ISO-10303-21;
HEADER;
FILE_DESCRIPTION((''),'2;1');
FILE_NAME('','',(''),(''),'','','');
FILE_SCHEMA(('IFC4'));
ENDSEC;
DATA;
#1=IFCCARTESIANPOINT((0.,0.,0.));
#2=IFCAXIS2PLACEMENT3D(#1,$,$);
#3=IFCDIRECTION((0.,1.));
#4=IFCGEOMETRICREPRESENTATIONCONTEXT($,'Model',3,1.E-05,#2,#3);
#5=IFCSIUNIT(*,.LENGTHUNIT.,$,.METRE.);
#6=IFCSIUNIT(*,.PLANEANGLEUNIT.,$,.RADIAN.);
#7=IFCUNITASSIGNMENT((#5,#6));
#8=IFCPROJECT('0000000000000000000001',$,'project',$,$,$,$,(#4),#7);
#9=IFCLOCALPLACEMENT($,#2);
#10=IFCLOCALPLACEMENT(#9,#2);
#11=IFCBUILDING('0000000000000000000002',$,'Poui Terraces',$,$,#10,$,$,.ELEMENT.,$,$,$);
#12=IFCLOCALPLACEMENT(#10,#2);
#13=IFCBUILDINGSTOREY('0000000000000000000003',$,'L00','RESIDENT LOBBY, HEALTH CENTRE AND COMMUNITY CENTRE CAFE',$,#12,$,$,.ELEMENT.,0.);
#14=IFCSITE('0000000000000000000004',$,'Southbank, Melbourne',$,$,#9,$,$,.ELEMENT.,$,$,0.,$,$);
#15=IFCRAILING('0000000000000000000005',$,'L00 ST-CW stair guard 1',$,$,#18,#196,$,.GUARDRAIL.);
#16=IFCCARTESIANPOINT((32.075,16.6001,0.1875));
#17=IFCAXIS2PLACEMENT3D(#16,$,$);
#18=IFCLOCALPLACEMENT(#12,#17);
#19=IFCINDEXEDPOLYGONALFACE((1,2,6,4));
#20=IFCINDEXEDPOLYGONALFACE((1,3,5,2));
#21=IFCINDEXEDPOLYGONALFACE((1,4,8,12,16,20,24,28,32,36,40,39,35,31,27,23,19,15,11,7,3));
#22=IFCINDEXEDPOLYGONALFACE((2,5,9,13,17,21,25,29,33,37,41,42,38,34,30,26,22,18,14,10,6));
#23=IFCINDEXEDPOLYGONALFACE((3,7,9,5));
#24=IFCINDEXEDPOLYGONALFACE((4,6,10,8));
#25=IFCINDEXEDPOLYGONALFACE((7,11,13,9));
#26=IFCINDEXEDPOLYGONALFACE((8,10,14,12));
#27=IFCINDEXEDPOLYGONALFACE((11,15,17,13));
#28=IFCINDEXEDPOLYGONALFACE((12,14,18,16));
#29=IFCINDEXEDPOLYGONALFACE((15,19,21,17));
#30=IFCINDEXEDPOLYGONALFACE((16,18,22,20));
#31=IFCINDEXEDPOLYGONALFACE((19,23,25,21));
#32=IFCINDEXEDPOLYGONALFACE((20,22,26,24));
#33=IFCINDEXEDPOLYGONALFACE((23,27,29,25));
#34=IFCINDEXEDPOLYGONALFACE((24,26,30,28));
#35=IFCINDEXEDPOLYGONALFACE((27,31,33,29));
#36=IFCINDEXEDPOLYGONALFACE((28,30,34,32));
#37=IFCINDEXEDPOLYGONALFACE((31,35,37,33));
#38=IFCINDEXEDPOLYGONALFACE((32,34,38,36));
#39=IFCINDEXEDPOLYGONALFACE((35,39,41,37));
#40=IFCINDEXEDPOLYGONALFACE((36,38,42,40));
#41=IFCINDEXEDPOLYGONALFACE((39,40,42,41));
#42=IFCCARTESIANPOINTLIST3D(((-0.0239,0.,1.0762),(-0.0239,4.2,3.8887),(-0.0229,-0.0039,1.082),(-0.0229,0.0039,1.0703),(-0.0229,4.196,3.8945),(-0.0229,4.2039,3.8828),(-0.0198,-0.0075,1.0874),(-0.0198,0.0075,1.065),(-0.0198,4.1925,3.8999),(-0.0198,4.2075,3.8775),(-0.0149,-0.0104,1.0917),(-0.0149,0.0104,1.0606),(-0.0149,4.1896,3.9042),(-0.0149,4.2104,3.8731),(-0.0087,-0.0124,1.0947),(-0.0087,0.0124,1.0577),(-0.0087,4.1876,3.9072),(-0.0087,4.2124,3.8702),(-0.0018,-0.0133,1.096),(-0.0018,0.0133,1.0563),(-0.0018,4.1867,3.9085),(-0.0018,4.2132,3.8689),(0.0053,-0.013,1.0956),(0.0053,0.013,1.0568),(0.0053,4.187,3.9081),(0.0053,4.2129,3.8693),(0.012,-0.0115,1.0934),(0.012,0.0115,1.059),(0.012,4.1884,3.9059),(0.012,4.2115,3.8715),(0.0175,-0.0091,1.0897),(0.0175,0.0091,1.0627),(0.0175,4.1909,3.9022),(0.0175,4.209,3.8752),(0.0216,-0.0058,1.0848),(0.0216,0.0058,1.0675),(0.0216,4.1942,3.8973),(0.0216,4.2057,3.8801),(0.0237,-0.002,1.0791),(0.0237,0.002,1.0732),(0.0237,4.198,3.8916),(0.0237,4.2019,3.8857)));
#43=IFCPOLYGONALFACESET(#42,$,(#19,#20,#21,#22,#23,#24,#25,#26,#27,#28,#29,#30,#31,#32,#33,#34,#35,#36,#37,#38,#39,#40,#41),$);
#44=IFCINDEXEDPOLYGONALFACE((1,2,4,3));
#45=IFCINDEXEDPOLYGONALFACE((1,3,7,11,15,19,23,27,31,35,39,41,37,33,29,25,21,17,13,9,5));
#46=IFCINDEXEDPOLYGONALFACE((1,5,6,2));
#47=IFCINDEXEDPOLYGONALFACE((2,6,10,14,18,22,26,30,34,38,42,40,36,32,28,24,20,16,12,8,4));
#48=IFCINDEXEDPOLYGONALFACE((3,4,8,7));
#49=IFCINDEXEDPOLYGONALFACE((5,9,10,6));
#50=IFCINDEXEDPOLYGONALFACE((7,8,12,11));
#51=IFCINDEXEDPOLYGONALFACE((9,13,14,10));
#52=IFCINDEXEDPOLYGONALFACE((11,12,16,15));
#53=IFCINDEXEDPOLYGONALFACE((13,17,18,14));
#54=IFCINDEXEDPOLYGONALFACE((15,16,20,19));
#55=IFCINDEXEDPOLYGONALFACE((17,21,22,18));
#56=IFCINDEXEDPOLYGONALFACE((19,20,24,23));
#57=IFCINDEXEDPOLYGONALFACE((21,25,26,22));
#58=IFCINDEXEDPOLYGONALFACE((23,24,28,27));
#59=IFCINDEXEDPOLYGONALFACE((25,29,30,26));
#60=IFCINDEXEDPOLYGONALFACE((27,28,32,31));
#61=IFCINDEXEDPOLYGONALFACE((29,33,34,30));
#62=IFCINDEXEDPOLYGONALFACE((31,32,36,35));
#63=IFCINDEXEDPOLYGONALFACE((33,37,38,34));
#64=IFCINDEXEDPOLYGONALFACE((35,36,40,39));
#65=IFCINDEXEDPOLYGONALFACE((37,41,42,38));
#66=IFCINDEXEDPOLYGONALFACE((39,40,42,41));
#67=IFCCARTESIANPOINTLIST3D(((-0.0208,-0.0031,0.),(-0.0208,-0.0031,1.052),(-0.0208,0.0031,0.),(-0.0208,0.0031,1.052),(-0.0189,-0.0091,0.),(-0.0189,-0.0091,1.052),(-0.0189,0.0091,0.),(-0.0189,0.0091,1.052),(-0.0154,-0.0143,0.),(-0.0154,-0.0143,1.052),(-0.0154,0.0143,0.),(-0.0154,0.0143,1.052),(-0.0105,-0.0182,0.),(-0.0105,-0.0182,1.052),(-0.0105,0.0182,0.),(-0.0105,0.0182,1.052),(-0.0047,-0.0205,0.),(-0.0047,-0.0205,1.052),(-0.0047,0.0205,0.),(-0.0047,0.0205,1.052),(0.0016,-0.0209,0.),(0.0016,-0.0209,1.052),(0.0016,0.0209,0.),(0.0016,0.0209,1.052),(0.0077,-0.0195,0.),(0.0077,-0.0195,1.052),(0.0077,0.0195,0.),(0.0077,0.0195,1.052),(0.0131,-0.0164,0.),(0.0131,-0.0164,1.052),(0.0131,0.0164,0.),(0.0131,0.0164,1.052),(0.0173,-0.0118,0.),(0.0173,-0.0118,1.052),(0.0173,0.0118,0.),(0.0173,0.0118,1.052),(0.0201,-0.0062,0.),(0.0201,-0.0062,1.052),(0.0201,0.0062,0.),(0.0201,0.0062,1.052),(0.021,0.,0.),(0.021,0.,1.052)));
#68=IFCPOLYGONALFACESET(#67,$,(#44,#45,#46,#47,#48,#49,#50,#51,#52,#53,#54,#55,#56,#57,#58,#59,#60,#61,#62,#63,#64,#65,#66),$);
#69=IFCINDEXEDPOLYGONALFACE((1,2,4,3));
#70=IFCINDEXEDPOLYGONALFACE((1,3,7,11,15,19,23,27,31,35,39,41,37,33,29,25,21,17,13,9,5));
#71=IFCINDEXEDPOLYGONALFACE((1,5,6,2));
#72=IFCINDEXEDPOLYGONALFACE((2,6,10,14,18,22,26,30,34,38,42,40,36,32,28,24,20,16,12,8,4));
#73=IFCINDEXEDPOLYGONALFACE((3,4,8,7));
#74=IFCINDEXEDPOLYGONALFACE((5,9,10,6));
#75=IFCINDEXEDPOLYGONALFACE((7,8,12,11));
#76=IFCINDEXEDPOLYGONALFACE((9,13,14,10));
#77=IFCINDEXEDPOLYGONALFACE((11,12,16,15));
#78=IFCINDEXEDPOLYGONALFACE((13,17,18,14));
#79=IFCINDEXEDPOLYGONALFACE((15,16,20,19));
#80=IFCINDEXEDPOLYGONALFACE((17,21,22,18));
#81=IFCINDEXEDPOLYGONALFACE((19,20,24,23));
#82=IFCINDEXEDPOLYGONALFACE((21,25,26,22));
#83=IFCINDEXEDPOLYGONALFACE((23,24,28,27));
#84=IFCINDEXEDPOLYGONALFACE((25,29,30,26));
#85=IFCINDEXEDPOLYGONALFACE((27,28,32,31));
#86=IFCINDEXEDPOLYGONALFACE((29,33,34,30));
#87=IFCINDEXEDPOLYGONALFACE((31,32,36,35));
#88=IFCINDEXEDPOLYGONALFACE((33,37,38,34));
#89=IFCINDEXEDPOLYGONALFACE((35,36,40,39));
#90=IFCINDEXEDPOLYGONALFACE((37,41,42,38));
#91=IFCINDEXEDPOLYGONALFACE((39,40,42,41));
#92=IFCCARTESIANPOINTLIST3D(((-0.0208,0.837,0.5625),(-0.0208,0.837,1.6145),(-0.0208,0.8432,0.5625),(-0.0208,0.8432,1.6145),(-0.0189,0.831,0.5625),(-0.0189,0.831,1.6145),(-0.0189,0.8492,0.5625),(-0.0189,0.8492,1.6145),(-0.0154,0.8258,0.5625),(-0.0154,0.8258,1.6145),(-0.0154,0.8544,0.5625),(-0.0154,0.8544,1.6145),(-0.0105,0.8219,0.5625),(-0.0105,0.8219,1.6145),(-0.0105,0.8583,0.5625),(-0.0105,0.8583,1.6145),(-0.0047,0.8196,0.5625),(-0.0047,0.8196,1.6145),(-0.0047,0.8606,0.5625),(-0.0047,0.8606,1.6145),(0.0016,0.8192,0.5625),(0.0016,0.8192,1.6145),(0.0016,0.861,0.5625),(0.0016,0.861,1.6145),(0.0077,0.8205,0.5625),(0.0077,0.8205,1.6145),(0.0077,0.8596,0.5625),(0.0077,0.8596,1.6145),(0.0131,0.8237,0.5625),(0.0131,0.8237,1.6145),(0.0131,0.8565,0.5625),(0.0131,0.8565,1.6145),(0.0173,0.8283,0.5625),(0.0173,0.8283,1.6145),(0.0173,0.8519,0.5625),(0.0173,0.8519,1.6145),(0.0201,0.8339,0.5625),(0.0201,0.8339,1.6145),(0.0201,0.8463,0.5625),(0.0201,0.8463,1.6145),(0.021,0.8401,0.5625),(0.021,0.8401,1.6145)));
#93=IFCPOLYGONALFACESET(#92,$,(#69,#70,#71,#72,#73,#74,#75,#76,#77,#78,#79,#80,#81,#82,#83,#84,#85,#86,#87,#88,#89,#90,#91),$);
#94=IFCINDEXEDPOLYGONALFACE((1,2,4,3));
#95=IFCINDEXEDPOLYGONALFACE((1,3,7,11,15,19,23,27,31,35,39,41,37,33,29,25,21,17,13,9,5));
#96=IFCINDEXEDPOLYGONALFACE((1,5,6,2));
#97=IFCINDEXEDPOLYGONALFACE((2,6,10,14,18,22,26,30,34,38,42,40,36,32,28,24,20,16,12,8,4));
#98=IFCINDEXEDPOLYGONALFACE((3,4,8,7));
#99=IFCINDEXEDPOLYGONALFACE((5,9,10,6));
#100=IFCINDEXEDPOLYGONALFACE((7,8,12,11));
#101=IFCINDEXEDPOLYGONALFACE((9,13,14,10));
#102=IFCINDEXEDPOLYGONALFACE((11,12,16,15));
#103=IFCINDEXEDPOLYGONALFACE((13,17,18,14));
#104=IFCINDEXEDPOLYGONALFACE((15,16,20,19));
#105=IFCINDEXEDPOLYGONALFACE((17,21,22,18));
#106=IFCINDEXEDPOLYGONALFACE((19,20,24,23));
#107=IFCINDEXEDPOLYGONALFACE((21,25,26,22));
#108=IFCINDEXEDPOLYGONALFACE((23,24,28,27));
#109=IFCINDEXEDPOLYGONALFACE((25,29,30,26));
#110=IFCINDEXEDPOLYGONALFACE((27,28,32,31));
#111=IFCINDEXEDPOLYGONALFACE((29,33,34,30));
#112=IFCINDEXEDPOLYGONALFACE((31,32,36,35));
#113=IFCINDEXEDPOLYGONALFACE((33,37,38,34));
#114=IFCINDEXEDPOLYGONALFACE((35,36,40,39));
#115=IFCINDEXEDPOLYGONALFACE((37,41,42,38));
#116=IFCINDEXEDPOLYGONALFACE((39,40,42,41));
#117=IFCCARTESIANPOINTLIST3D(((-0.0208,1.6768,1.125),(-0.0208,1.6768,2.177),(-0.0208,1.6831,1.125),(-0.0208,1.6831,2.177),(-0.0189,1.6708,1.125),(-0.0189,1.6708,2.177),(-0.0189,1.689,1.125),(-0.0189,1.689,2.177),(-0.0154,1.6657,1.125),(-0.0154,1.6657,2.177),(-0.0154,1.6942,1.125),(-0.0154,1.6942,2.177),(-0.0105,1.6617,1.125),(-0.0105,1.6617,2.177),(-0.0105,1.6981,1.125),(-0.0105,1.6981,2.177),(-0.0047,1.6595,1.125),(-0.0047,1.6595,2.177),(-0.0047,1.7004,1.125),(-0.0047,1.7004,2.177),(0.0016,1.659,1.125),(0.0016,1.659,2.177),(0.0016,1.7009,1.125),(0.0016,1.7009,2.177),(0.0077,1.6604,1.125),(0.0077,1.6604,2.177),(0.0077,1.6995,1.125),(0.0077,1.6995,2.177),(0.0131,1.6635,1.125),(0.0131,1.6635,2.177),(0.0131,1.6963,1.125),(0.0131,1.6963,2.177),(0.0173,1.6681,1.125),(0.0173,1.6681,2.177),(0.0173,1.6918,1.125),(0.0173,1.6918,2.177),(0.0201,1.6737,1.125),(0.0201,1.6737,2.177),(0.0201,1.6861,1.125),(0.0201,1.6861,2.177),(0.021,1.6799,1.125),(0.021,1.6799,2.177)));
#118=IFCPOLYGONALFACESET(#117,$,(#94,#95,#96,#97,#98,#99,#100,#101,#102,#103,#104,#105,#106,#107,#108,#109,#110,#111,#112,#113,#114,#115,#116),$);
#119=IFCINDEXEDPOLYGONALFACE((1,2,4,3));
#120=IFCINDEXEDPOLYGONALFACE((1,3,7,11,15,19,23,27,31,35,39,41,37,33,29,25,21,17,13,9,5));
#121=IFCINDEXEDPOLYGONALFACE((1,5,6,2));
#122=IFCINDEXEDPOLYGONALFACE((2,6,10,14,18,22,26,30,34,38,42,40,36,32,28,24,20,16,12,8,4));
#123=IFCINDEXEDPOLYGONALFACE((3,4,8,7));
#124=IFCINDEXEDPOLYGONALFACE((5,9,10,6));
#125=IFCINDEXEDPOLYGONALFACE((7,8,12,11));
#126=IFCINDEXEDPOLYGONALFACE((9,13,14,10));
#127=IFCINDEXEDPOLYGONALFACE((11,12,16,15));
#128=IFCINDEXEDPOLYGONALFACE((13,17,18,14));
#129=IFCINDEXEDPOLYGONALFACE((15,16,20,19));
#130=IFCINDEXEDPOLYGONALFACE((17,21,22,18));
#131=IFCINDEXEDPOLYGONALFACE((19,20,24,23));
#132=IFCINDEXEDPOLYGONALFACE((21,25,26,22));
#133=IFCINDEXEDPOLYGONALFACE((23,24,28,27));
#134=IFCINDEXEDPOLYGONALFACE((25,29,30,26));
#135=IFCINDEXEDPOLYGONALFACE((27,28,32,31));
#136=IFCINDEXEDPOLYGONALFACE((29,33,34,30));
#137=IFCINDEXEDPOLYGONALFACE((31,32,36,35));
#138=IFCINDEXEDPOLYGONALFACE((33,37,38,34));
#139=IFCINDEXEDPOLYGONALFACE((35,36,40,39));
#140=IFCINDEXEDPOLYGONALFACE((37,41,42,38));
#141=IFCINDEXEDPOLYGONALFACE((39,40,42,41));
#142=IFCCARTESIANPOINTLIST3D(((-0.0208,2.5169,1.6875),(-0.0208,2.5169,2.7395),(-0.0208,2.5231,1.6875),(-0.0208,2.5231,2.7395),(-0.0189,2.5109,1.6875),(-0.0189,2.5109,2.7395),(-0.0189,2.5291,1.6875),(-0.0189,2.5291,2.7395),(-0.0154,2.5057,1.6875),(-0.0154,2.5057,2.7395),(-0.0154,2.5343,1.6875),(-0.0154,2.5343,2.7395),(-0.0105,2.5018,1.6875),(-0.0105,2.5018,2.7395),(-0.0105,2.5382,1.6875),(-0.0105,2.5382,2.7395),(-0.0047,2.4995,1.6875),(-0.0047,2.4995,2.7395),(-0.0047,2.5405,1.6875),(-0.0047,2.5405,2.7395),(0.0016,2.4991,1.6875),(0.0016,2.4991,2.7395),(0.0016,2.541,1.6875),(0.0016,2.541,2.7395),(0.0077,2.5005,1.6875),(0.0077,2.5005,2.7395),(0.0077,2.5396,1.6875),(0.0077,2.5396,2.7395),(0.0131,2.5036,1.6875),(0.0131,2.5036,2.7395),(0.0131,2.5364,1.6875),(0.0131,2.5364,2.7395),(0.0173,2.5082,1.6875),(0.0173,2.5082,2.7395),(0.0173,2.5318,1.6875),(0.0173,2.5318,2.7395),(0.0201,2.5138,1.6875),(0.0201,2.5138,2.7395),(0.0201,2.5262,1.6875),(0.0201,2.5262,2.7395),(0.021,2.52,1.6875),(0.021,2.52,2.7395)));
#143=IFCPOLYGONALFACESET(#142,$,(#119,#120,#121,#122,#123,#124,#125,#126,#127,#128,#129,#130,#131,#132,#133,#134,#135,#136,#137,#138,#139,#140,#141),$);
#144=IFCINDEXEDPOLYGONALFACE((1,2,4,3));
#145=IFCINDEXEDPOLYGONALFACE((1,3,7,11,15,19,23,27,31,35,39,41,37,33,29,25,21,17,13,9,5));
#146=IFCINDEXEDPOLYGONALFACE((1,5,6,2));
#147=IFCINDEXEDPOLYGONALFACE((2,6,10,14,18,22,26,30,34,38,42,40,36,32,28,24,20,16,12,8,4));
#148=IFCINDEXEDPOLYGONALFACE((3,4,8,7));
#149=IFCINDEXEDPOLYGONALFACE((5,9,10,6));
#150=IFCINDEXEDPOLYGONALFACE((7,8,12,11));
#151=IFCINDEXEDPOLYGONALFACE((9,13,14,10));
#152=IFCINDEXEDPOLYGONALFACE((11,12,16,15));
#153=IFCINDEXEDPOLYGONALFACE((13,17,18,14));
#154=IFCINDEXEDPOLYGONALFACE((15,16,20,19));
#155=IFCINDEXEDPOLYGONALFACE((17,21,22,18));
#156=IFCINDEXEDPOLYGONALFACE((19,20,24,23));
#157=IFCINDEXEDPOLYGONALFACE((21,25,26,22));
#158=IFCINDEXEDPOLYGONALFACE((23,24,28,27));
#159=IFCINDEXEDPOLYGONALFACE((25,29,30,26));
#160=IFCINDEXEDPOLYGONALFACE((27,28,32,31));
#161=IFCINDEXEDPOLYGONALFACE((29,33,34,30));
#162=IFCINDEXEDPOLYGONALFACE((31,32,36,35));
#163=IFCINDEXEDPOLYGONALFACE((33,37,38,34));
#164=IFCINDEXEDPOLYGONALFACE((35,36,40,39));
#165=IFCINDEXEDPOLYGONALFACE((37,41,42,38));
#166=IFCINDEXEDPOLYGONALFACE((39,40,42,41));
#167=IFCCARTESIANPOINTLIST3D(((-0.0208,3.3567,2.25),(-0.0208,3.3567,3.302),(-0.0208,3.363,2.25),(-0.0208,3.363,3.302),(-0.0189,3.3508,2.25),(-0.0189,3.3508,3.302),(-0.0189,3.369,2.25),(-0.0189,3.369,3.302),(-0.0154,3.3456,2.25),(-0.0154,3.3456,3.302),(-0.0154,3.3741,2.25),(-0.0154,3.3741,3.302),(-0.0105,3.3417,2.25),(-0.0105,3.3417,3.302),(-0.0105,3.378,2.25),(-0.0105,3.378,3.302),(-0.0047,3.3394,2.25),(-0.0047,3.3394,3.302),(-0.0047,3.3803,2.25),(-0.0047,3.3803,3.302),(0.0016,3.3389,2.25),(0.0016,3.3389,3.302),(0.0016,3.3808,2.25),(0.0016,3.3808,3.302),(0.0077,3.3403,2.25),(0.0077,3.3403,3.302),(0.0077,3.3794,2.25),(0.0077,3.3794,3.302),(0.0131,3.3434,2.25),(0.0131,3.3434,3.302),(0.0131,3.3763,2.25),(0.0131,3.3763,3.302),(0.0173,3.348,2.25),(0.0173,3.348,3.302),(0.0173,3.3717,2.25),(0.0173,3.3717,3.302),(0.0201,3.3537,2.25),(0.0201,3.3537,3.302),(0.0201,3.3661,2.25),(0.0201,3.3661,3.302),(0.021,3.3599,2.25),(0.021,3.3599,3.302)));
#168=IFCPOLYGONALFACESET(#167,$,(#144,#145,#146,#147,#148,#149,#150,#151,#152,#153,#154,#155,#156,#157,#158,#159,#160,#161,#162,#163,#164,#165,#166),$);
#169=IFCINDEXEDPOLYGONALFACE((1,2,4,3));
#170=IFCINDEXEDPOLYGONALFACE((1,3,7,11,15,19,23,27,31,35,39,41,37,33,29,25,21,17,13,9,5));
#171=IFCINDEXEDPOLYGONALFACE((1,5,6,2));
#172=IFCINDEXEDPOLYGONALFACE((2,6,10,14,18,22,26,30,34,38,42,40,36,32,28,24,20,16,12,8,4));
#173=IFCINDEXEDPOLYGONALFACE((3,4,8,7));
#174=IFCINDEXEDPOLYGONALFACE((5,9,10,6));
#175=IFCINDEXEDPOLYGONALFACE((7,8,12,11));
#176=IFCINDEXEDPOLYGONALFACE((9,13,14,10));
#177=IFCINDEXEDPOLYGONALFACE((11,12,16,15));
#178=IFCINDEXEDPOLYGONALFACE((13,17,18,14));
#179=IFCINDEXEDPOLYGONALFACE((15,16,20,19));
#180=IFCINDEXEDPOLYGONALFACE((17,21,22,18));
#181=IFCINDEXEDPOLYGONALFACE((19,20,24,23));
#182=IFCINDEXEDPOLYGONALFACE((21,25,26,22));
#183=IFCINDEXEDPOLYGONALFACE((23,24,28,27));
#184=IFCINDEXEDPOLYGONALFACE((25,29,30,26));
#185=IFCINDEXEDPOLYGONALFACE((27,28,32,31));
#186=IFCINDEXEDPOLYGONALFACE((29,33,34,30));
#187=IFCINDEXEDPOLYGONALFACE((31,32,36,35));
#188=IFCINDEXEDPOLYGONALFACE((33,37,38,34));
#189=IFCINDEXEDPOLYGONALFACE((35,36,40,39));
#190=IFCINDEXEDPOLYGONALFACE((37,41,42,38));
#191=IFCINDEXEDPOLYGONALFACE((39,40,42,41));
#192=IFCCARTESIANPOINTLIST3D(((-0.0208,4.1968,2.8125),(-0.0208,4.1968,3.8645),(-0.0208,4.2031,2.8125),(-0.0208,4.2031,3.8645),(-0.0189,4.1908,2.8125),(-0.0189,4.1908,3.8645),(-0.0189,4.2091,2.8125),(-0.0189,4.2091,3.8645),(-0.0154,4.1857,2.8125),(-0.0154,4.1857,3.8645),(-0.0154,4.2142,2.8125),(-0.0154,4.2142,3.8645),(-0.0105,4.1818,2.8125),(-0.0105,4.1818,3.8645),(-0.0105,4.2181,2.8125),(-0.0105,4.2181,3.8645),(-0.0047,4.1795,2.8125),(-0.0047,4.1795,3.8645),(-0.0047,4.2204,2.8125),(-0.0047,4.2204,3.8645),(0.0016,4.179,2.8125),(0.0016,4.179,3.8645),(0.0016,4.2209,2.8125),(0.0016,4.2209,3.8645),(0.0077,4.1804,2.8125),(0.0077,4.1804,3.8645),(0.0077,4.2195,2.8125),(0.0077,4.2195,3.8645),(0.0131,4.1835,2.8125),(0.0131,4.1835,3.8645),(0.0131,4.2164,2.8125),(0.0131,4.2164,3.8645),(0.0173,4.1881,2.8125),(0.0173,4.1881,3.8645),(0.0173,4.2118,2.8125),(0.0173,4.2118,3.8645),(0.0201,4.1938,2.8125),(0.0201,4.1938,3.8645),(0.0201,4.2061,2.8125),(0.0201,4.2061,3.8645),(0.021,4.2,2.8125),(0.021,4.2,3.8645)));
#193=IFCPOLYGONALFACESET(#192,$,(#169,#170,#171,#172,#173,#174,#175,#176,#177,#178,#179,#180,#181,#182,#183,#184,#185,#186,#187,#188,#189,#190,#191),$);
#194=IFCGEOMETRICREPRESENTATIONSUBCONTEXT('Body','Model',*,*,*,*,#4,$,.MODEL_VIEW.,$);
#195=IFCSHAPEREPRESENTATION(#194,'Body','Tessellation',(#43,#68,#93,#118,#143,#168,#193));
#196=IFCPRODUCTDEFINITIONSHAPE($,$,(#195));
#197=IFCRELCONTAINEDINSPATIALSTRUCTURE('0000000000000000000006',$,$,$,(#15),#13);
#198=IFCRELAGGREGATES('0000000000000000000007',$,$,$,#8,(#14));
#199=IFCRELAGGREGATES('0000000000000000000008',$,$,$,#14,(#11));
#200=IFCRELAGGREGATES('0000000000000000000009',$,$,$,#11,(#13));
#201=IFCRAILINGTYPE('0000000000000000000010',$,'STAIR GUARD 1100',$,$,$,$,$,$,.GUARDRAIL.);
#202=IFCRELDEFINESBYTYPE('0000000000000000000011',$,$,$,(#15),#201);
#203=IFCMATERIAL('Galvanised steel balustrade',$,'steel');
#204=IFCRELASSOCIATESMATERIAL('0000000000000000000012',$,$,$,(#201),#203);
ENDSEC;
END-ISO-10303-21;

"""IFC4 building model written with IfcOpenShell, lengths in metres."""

from ifc_helpers import new_model, si_unit, direction, frame, origin, origin_2d, place, context, subcontext, project, spatial, circle, extrude, material, type_object, element, save


model = new_model("IFC4")

# Units and contexts
model_context = context("Model", 3, precision=1e-05, world=origin(), true_north=direction((0.0, 1.0)))
body_context = subcontext(model_context, "Body", "Model", "MODEL_VIEW")
ifc_project = project(units=[si_unit("LENGTHUNIT", "METRE"), si_unit("PLANEANGLEUNIT", "RADIAN")], contexts=[model_context])

# Site, building, storey
site_placement = place(None, origin())
site = spatial("IfcSite", under=ifc_project, at=site_placement, Name="Southbank, Melbourne", CompositionType="ELEMENT", RefElevation=0.0)
building_placement = place(site_placement, origin())
building = spatial("IfcBuilding", under=site, at=building_placement, Name="Poui Terraces", CompositionType="ELEMENT")
storey_placement = place(building_placement, origin())
storey = spatial("IfcBuildingStorey", under=building, at=storey_placement, Name="L00", Description="RESIDENT LOBBY, HEALTH CENTRE AND COMMUNITY CENTRE CAFE", CompositionType="ELEMENT", Elevation=0.0)

# Railing
ifc_material_1 = material(Name="Galvanised steel balustrade", Category="steel")
railing_type_1 = type_object("IfcRailingType", Name="STAIR GUARD 1100", PredefinedType="GUARDRAIL", material=ifc_material_1)
railing_1_placement = place(storey_placement, frame((32.075, 16.6001, 0.1875)))
element("IfcRailing", 1, at=railing_1_placement, inside=storey, type_object=railing_type_1, Name="L00 ST-CW stair guard 1", PredefinedType="GUARDRAIL", context=body_context, shape_type="SweptSolid", body=[
    extrude(circle(Radius=0.0239, at=origin_2d()), frame((0.0, 0.0, 1.0762), z_axis=(0.0, 0.830904, 0.556416), x_axis=(-1.0, 0.0, 0.0)), (0.0, 0.0, 1.0), 5.0547),
    extrude(circle(Radius=0.021, at=origin_2d()), origin(), (0.0, 0.0, 1.0), 1.052),
    extrude(circle(Radius=0.021, at=origin_2d()), frame((0.0, 0.8401, 0.5625)), (0.0, 0.0, 1.0), 1.052),
    extrude(circle(Radius=0.021, at=origin_2d()), frame((0.0, 1.6799, 1.125)), (0.0, 0.0, 1.0), 1.052),
    extrude(circle(Radius=0.021, at=origin_2d()), frame((0.0, 2.52, 1.6875)), (0.0, 0.0, 1.0), 1.052),
    extrude(circle(Radius=0.021, at=origin_2d()), frame((0.0, 3.3599, 2.25)), (0.0, 0.0, 1.0), 1.052),
    extrude(circle(Radius=0.021, at=origin_2d()), frame((0.0, 4.2, 2.8125)), (0.0, 0.0, 1.0), 1.052),
])

save(model, "model.ifc")
